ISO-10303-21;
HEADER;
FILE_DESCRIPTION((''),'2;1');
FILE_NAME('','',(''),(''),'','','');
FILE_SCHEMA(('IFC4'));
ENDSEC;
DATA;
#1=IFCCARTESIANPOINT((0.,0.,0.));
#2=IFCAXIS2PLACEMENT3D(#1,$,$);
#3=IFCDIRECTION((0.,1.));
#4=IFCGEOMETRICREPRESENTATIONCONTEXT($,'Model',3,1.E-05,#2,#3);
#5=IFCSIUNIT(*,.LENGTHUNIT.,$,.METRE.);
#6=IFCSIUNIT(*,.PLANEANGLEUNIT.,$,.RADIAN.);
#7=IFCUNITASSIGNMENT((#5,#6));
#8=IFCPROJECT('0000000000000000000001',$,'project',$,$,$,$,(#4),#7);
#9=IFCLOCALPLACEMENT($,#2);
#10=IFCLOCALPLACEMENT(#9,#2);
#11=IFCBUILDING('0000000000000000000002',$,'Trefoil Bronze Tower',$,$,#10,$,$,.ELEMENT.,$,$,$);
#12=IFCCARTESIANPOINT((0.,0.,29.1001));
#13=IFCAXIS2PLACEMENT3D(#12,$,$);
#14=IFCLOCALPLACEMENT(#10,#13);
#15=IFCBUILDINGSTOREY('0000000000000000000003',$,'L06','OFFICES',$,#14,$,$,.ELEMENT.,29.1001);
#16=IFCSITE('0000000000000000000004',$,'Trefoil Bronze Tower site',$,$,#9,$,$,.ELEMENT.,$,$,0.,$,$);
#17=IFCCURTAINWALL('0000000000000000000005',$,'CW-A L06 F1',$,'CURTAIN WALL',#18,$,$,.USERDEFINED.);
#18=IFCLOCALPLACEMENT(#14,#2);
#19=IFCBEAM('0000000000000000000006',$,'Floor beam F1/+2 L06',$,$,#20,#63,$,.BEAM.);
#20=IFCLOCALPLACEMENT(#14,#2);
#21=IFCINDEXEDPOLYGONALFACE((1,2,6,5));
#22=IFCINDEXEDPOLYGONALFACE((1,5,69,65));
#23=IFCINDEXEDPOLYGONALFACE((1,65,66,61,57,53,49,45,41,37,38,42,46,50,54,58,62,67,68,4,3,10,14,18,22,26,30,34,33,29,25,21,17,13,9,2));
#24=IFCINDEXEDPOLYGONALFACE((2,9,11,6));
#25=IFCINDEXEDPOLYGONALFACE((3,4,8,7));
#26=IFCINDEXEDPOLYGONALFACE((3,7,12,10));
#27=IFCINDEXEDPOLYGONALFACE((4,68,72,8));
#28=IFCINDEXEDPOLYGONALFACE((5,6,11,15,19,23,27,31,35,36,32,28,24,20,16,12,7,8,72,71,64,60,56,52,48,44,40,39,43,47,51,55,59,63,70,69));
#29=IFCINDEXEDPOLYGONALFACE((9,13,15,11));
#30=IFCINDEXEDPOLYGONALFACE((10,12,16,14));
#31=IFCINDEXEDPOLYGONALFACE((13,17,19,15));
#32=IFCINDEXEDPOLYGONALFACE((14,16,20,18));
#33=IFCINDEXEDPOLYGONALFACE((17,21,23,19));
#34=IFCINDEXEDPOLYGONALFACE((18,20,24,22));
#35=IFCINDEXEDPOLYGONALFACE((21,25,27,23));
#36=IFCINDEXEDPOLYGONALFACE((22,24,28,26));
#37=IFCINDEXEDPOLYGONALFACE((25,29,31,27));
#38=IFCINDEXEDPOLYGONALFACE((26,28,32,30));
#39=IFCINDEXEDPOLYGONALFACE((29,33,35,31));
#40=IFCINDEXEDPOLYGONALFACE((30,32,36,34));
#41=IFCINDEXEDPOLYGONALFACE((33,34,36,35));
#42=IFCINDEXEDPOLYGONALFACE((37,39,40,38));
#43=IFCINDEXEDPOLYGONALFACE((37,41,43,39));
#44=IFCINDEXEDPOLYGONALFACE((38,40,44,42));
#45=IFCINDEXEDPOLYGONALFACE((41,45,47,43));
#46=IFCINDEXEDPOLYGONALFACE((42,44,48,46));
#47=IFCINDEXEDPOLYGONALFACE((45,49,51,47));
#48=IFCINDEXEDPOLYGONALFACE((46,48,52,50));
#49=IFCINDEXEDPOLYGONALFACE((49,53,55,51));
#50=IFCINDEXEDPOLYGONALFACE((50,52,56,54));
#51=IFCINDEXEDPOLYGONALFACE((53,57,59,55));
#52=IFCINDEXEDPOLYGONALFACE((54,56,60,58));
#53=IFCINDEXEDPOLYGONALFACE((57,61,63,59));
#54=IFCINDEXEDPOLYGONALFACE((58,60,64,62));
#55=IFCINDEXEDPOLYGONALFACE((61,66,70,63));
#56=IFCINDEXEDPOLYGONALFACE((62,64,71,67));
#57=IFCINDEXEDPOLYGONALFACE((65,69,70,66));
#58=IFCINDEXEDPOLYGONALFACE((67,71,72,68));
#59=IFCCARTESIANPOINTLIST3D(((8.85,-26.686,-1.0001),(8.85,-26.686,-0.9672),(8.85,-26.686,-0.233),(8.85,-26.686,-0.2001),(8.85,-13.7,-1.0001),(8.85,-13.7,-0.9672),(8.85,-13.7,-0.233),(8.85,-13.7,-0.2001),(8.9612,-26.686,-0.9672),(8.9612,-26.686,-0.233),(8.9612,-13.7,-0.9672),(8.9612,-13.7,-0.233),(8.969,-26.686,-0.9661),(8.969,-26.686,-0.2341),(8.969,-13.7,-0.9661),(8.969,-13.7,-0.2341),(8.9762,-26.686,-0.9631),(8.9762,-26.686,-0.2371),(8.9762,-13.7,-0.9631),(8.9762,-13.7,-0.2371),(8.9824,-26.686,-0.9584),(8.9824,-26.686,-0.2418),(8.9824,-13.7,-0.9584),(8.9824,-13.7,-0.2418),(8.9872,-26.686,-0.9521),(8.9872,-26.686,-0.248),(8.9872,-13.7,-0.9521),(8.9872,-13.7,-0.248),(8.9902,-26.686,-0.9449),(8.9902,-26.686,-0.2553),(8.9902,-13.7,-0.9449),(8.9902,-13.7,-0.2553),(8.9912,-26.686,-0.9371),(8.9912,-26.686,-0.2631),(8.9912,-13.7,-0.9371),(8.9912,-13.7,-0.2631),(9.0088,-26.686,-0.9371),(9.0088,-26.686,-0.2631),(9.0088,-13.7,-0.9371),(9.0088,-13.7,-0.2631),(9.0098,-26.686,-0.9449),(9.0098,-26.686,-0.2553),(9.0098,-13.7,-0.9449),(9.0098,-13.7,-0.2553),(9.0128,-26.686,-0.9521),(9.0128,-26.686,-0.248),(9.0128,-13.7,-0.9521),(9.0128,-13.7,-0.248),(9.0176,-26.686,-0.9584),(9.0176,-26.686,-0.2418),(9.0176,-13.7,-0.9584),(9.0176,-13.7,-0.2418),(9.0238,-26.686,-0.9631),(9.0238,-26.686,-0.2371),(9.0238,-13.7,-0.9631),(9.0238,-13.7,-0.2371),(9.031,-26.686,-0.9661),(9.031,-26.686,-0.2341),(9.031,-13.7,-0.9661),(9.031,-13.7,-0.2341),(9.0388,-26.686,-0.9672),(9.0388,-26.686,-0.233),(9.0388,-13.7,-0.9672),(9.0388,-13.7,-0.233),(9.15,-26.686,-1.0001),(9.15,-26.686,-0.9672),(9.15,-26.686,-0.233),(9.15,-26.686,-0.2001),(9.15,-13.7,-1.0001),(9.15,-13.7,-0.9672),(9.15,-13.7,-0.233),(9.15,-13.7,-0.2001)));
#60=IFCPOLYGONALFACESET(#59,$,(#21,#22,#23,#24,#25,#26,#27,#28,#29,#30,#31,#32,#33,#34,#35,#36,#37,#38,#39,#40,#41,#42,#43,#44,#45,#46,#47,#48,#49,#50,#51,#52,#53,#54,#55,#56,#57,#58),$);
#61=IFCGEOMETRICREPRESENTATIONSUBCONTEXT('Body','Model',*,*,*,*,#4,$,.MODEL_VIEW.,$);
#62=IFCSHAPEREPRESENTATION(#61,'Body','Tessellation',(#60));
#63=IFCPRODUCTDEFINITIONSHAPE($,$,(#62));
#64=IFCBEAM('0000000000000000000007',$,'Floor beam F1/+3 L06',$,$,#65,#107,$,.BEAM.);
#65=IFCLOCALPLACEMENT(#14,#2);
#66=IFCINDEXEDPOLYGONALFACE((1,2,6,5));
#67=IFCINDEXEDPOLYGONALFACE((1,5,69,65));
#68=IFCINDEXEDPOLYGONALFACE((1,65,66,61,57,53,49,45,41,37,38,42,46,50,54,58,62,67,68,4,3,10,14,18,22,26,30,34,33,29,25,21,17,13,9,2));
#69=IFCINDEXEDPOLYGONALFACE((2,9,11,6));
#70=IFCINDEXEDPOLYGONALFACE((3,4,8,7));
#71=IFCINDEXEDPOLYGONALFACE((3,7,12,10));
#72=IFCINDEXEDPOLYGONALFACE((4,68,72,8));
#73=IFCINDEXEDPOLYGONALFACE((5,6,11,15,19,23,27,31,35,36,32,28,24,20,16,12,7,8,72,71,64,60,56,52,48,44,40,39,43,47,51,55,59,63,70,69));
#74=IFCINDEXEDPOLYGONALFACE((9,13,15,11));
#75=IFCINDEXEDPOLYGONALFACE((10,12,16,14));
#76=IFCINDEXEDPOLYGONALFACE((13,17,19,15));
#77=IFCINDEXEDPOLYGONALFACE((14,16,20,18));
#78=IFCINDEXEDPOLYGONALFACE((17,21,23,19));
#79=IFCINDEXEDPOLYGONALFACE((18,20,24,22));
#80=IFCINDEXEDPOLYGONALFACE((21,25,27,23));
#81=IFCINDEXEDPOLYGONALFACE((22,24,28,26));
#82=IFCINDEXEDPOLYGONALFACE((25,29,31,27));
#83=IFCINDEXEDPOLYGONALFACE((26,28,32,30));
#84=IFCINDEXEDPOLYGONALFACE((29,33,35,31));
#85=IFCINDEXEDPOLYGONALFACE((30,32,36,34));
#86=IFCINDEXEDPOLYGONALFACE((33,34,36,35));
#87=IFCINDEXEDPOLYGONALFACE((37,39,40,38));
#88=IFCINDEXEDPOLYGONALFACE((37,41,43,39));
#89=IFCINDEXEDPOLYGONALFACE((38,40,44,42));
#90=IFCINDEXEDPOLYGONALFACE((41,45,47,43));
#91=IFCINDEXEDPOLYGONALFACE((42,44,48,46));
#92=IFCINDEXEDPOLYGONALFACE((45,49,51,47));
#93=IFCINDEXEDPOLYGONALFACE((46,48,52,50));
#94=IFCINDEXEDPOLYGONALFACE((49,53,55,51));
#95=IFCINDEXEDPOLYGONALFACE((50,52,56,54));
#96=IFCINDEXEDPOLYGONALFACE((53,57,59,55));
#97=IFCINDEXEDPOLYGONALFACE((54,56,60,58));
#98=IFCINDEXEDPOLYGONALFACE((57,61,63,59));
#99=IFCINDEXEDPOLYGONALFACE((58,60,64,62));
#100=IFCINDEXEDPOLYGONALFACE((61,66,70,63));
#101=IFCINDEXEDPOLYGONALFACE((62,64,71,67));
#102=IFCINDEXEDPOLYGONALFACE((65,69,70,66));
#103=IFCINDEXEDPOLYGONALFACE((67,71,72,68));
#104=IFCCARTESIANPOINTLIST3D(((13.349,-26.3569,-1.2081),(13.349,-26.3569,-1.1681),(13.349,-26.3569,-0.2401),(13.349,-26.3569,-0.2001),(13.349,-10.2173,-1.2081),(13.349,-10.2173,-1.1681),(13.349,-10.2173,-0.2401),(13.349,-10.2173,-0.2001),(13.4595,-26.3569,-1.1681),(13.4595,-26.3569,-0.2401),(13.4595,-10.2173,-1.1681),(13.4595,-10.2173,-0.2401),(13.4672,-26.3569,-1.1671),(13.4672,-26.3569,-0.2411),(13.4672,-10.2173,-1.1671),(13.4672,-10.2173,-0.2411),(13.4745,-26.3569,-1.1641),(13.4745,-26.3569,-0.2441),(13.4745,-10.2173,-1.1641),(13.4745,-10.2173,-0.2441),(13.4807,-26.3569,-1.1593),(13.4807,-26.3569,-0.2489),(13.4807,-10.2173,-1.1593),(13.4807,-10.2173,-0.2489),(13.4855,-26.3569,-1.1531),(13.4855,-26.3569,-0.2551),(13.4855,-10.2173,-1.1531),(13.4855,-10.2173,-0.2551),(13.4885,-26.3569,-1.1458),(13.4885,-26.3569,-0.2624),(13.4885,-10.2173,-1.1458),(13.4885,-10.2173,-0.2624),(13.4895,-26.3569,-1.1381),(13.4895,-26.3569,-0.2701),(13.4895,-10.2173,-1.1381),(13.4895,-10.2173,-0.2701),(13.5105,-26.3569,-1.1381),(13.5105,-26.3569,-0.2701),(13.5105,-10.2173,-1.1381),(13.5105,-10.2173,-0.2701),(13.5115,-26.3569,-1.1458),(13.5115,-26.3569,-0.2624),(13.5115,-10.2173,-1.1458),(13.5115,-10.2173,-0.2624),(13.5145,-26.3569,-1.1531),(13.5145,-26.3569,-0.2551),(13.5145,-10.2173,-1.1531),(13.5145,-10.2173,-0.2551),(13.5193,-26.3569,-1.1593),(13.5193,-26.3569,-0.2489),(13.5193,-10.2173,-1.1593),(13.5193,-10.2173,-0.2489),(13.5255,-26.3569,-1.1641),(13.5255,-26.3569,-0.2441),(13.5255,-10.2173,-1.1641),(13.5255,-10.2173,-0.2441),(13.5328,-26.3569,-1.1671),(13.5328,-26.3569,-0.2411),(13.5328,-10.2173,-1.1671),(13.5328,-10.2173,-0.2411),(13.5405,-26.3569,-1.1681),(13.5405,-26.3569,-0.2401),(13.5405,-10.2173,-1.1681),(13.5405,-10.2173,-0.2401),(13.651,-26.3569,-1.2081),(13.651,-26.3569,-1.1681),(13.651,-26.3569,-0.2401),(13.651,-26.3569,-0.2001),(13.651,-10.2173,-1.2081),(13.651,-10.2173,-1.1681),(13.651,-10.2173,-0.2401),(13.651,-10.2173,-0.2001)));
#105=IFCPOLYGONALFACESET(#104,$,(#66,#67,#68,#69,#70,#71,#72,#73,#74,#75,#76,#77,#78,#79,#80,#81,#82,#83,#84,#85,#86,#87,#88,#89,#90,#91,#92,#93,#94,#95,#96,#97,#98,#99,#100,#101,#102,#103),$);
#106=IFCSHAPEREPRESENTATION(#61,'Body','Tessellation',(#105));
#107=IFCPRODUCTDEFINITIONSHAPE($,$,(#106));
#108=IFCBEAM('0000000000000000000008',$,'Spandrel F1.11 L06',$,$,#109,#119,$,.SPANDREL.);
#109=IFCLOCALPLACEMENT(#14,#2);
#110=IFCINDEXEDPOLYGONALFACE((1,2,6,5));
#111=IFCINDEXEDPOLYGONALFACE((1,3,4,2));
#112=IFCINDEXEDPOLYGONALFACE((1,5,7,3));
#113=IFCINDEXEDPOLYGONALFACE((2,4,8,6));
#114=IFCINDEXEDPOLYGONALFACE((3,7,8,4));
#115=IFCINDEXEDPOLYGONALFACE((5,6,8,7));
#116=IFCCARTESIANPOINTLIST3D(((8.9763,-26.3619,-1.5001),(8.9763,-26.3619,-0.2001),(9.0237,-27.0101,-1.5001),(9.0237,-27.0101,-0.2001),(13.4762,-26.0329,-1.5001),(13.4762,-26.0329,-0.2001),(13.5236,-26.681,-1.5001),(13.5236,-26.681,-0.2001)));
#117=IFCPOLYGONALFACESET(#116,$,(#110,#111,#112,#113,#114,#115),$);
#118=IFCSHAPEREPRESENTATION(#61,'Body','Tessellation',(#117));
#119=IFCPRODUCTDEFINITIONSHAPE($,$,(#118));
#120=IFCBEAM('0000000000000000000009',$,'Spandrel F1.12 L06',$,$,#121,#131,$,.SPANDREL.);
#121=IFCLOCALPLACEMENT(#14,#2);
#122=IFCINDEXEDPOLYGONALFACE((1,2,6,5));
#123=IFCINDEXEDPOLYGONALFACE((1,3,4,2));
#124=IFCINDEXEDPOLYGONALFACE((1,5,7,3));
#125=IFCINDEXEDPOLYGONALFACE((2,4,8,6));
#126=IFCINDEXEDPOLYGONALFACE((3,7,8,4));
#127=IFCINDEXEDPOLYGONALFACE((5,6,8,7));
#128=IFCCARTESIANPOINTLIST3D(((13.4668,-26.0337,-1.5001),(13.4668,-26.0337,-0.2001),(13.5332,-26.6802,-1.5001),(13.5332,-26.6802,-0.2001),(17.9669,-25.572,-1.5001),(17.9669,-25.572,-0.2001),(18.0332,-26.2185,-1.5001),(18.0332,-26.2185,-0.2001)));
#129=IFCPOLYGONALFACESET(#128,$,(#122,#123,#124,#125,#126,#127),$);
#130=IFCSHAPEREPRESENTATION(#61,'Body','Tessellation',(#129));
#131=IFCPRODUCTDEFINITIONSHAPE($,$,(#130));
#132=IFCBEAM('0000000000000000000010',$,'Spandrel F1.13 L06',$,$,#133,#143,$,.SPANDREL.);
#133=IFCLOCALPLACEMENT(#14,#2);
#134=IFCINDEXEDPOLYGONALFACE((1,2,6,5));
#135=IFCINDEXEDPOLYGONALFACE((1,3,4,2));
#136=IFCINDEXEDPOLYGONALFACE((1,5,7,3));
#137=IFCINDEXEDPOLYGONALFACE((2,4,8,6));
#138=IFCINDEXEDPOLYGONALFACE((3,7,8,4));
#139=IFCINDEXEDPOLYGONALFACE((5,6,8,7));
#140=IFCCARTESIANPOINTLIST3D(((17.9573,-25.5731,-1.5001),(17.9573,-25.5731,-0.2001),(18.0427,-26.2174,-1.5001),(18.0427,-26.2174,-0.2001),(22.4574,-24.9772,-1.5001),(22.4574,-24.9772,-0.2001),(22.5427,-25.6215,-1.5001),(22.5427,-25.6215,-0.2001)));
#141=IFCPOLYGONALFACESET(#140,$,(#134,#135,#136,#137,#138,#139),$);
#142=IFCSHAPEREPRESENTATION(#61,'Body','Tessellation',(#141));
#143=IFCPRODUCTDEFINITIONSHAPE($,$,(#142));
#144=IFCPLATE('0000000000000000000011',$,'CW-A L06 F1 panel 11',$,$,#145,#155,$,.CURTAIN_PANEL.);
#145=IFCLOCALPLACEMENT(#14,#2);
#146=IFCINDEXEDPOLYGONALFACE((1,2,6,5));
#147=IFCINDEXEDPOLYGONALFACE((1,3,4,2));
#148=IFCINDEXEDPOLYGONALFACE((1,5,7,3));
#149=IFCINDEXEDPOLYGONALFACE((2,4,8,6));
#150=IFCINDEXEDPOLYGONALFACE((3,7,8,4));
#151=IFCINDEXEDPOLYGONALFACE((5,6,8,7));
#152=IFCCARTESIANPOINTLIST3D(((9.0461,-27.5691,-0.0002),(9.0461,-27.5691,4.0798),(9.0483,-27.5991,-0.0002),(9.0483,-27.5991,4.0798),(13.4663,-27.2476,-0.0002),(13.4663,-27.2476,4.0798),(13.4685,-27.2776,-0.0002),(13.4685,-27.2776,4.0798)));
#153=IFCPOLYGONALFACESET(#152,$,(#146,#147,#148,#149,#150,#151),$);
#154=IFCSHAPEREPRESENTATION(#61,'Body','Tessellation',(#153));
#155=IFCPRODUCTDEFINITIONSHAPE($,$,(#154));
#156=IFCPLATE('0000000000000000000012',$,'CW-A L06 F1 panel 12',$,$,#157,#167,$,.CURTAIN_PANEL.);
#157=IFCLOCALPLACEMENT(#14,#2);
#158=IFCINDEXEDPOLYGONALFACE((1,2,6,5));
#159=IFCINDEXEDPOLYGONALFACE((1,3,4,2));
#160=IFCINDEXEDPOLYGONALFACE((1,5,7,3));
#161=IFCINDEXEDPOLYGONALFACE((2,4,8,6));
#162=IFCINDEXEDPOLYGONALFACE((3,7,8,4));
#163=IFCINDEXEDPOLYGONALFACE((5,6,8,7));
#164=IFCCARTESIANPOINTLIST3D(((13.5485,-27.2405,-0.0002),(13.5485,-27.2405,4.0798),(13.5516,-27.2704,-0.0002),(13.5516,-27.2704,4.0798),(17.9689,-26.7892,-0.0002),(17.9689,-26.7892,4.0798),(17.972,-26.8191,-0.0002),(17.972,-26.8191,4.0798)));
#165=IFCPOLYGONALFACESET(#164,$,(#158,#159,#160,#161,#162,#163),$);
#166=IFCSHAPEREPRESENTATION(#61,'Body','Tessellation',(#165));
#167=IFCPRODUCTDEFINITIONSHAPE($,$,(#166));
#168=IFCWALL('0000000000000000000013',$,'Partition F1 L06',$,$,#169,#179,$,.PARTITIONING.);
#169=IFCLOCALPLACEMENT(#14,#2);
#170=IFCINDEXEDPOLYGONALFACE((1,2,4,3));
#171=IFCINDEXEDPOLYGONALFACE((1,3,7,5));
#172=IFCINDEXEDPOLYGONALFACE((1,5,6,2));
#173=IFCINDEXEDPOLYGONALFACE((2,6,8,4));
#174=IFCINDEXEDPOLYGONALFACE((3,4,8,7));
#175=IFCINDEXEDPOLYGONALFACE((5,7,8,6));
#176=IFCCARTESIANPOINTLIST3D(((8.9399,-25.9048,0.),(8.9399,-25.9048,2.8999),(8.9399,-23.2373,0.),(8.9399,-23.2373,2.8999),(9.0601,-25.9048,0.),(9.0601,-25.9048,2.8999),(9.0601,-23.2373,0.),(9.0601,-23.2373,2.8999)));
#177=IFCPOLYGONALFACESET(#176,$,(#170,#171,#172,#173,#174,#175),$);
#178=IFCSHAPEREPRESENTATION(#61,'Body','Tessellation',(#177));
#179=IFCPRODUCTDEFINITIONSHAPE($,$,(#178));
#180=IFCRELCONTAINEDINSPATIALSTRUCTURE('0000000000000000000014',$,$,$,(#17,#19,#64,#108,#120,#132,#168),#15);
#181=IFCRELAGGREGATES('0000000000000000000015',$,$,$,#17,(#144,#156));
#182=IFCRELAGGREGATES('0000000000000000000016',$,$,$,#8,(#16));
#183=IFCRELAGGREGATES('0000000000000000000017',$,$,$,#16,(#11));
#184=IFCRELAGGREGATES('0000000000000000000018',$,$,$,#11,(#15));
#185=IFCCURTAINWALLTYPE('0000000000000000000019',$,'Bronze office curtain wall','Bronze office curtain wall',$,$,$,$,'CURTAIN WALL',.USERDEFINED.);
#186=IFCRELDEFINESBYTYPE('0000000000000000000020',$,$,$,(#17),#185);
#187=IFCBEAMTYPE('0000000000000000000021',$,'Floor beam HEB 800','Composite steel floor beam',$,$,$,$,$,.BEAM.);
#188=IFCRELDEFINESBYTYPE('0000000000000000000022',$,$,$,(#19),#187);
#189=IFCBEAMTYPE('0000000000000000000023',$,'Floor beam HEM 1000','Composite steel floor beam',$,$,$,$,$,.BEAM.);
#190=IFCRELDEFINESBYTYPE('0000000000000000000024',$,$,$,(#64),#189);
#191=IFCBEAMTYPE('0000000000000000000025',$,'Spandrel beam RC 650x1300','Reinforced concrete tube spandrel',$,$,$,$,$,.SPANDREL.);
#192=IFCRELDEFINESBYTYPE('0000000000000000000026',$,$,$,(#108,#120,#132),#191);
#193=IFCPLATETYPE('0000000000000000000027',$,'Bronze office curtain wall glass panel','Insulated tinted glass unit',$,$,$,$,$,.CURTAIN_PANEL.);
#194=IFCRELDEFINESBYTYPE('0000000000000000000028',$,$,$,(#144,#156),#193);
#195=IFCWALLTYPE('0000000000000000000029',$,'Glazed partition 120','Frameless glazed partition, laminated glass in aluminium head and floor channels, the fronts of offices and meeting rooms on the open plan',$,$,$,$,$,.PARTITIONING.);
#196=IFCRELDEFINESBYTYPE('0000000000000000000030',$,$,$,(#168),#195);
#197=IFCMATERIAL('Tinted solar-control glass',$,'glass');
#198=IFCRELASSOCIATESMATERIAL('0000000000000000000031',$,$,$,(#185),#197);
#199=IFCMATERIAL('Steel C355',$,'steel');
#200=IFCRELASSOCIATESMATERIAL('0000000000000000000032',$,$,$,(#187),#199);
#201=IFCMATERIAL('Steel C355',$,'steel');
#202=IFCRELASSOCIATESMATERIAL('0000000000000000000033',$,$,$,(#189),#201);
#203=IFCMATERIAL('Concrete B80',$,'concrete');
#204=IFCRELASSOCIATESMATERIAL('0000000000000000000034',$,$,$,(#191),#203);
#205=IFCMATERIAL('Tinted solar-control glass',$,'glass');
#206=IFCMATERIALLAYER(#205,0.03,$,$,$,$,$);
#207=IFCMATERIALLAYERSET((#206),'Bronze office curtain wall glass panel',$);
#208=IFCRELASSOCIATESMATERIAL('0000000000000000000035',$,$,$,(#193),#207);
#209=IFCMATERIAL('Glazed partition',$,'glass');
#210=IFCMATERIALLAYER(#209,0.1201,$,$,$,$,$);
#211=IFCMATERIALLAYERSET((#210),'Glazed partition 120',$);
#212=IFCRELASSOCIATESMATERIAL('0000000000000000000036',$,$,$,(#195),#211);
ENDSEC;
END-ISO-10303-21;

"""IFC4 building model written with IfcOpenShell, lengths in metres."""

from ifc_helpers import new_model, si_unit, direction, frame, frame_2d, origin, origin_2d, place, context, subcontext, project, spatial, rectangle, i_section, extrude, material, layer, layer_set, material_profile, profile_set, type_object, element, aggregate, save


model = new_model("IFC4")

# Units and contexts
model_context = context("Model", 3, precision=1e-05, world=origin(), true_north=direction((0.0, 1.0)))
body_context = subcontext(model_context, "Body", "Model", "MODEL_VIEW")
ifc_project = project(units=[si_unit("LENGTHUNIT", "METRE"), si_unit("PLANEANGLEUNIT", "RADIAN")], contexts=[model_context])

# Site, building, storey
site_placement = place(None, origin())
site = spatial("IfcSite", under=ifc_project, at=site_placement, Name="Trefoil Bronze Tower site", CompositionType="ELEMENT", RefElevation=0.0)
building_placement = place(site_placement, origin())
building = spatial("IfcBuilding", under=site, at=building_placement, Name="Trefoil Bronze Tower", CompositionType="ELEMENT")
storey_placement = place(building_placement, frame((0.0, 0.0, 29.1001)))
storey = spatial("IfcBuildingStorey", under=building, at=storey_placement, Name="L06", Description="OFFICES", CompositionType="ELEMENT", Elevation=29.1001)

# Curtain wall
ifc_material_1 = material(Name="Tinted solar-control glass", Category="glass")
curtain_wall_type = type_object("IfcCurtainWallType", Name="Bronze office curtain wall", Description="Bronze office curtain wall", ElementType="CURTAIN WALL", PredefinedType="USERDEFINED", material=ifc_material_1)
curtain_wall_placement = place(storey_placement, origin())
curtain_wall = element("IfcCurtainWall", 1, at=curtain_wall_placement, inside=storey, type_object=curtain_wall_type, Name="CW-A L06 F1", ObjectType="CURTAIN WALL", PredefinedType="USERDEFINED")

# Beams
ifc_material_2 = material(Name="Steel C355", Category="steel")
ifc_material_profile_1 = material_profile(ifc_material_2, i_section(OverallWidth=0.3, OverallDepth=0.8, WebThickness=0.0176, FlangeThickness=0.033, FilletRadius=0.03, at=origin_2d()), Name="HEB 800")
ifc_profile_set_1 = profile_set([ifc_material_profile_1], Name="Steel C355")
beam_type_1 = type_object("IfcBeamType", Name="Floor beam HEB 800", Description="Composite steel floor beam", PredefinedType="BEAM", material=ifc_profile_set_1)
beam_1_placement = place(storey_placement, frame((9.0, -26.686, -0.6001), z_axis=(0.0, 1.0, 0.0), x_axis=(-1.0, 0.0, 0.0)))
element("IfcBeam", 2, at=beam_1_placement, inside=storey, type_object=beam_type_1, Name="Floor beam F1/+2 L06", PredefinedType="BEAM", context=body_context, shape_type="SweptSolid", body=[
    extrude(i_section(OverallWidth=0.3, OverallDepth=0.8, WebThickness=0.0176, FlangeThickness=0.033, FilletRadius=0.03, at=origin_2d()), origin(), (0.0, 0.0, 1.0), 12.9861),
])
ifc_material_3 = material(Name="Steel C355", Category="steel")
ifc_material_profile_2 = material_profile(ifc_material_3, i_section(OverallWidth=0.302, OverallDepth=1.0081, WebThickness=0.021, FlangeThickness=0.04, FilletRadius=0.03, at=origin_2d()), Name="HEM 1000")
ifc_profile_set_2 = profile_set([ifc_material_profile_2], Name="Steel C355")
beam_type_2 = type_object("IfcBeamType", Name="Floor beam HEM 1000", Description="Composite steel floor beam", PredefinedType="BEAM", material=ifc_profile_set_2)
beam_2_placement = place(storey_placement, frame((13.5, -26.3569, -0.7041), z_axis=(0.0, 1.0, 0.0), x_axis=(-1.0, 0.0, 0.0)))
element("IfcBeam", 3, at=beam_2_placement, inside=storey, type_object=beam_type_2, Name="Floor beam F1/+3 L06", PredefinedType="BEAM", context=body_context, shape_type="SweptSolid", body=[
    extrude(i_section(OverallWidth=0.302, OverallDepth=1.0081, WebThickness=0.021, FlangeThickness=0.04, FilletRadius=0.03, at=origin_2d()), origin(), (0.0, 0.0, 1.0), 16.1396),
])
ifc_material_4 = material(Name="Concrete B80", Category="concrete")
ifc_material_profile_3 = material_profile(ifc_material_4, rectangle(XDim=0.6499, YDim=1.3, at=origin_2d()), Name="RC 650x1300")
ifc_profile_set_3 = profile_set([ifc_material_profile_3], Name="Concrete B80")
beam_type_3 = type_object("IfcBeamType", Name="Spandrel beam RC 650x1300", Description="Reinforced concrete tube spandrel", PredefinedType="SPANDREL", material=ifc_profile_set_3)
beam_3_placement = place(storey_placement, frame((9.0, -26.686, -0.8501), z_axis=(0.997336, 0.072939, 0.0), x_axis=(-0.072939, 0.997336, 0.0)))
element("IfcBeam", 4, at=beam_3_placement, inside=storey, type_object=beam_type_3, Name="Spandrel F1.11 L06", PredefinedType="SPANDREL", context=body_context, shape_type="SweptSolid", body=[
    extrude(rectangle(XDim=0.6499, YDim=1.3, at=origin_2d()), origin(), (0.0, 0.0, 1.0), 4.512),
])
beam_4_placement = place(storey_placement, frame((13.5, -26.3569, -0.8501), z_axis=(0.994778, 0.102058, 0.0), x_axis=(-0.102058, 0.994778, 0.0)))
element("IfcBeam", 5, at=beam_4_placement, inside=storey, type_object=beam_type_3, Name="Spandrel F1.12 L06", PredefinedType="SPANDREL", context=body_context, shape_type="SweptSolid", body=[
    extrude(rectangle(XDim=0.6499, YDim=1.3, at=origin_2d()), origin(), (0.0, 0.0, 1.0), 4.5237),
])
beam_5_placement = place(storey_placement, frame((18.0, -25.8953, -0.8501), z_axis=(0.991344, 0.131286, 0.0), x_axis=(-0.131286, 0.991344, 0.0)))
element("IfcBeam", 6, at=beam_5_placement, inside=storey, type_object=beam_type_3, Name="Spandrel F1.13 L06", PredefinedType="SPANDREL", context=body_context, shape_type="SweptSolid", body=[
    extrude(rectangle(XDim=0.6499, YDim=1.3, at=origin_2d()), origin(), (0.0, 0.0, 1.0), 4.5393),
])

# Plates
ifc_material_5 = material(Name="Tinted solar-control glass", Category="glass")
ifc_layer_1 = layer(ifc_material_5, 0.03)
ifc_layer_set_1 = layer_set([ifc_layer_1], Name="Bronze office curtain wall glass panel")
plate_type = type_object("IfcPlateType", Name="Bronze office curtain wall glass panel", Description="Insulated tinted glass unit", PredefinedType="CURTAIN_PANEL", material=ifc_layer_set_1)
plate_1_placement = place(storey_placement, frame((11.2573, -27.4233, -0.0002), z_axis=(0.0, 0.0, 1.0), x_axis=(0.997365, 0.072547, 0.0)))
plate_1 = element("IfcPlate", 7, at=plate_1_placement, type_object=plate_type, Name="CW-A L06 F1 panel 11", PredefinedType="CURTAIN_PANEL", context=body_context, shape_type="SweptSolid", body=[
    extrude(rectangle(XDim=4.4319, YDim=0.03, at=origin_2d()), origin(), (0.0, 0.0, 1.0), 4.0801),
])
plate_2_placement = place(storey_placement, frame((15.7603, -27.0298, -0.0002), z_axis=(0.0, 0.0, 1.0), x_axis=(0.994829, 0.101565, 0.0)))
plate_2 = element("IfcPlate", 8, at=plate_2_placement, type_object=plate_type, Name="CW-A L06 F1 panel 12", PredefinedType="CURTAIN_PANEL", context=body_context, shape_type="SweptSolid", body=[
    extrude(rectangle(XDim=4.4434, YDim=0.03, at=origin_2d()), origin(), (0.0, 0.0, 1.0), 4.0801),
])
aggregate(curtain_wall, [plate_1, plate_2])

# Wall
ifc_material_6 = material(Name="Glazed partition", Category="glass")
ifc_layer_2 = layer(ifc_material_6, 0.1201)
ifc_layer_set_2 = layer_set([ifc_layer_2], Name="Glazed partition 120")
wall_type = type_object("IfcWallType", Name="Glazed partition 120", Description="Frameless glazed partition, laminated glass in aluminium head and floor channels, the fronts of offices and meeting rooms on the open plan", PredefinedType="PARTITIONING", material=ifc_layer_set_2)
wall_placement = place(storey_placement, frame((9.0, -23.2373, 0.0), z_axis=(0.0, 0.0, 1.0), x_axis=(0.0, -1.0, 0.0)))
element("IfcWall", 9, at=wall_placement, inside=storey, type_object=wall_type, Name="Partition F1 L06", PredefinedType="PARTITIONING", context=body_context, shape_type="SweptSolid", body=[
    extrude(rectangle(XDim=2.6675, YDim=0.1201, at=frame_2d((1.3337, 0.0))), origin(), (0.0, 0.0, 1.0), 2.8999),
])

save(model, "model.ifc")
